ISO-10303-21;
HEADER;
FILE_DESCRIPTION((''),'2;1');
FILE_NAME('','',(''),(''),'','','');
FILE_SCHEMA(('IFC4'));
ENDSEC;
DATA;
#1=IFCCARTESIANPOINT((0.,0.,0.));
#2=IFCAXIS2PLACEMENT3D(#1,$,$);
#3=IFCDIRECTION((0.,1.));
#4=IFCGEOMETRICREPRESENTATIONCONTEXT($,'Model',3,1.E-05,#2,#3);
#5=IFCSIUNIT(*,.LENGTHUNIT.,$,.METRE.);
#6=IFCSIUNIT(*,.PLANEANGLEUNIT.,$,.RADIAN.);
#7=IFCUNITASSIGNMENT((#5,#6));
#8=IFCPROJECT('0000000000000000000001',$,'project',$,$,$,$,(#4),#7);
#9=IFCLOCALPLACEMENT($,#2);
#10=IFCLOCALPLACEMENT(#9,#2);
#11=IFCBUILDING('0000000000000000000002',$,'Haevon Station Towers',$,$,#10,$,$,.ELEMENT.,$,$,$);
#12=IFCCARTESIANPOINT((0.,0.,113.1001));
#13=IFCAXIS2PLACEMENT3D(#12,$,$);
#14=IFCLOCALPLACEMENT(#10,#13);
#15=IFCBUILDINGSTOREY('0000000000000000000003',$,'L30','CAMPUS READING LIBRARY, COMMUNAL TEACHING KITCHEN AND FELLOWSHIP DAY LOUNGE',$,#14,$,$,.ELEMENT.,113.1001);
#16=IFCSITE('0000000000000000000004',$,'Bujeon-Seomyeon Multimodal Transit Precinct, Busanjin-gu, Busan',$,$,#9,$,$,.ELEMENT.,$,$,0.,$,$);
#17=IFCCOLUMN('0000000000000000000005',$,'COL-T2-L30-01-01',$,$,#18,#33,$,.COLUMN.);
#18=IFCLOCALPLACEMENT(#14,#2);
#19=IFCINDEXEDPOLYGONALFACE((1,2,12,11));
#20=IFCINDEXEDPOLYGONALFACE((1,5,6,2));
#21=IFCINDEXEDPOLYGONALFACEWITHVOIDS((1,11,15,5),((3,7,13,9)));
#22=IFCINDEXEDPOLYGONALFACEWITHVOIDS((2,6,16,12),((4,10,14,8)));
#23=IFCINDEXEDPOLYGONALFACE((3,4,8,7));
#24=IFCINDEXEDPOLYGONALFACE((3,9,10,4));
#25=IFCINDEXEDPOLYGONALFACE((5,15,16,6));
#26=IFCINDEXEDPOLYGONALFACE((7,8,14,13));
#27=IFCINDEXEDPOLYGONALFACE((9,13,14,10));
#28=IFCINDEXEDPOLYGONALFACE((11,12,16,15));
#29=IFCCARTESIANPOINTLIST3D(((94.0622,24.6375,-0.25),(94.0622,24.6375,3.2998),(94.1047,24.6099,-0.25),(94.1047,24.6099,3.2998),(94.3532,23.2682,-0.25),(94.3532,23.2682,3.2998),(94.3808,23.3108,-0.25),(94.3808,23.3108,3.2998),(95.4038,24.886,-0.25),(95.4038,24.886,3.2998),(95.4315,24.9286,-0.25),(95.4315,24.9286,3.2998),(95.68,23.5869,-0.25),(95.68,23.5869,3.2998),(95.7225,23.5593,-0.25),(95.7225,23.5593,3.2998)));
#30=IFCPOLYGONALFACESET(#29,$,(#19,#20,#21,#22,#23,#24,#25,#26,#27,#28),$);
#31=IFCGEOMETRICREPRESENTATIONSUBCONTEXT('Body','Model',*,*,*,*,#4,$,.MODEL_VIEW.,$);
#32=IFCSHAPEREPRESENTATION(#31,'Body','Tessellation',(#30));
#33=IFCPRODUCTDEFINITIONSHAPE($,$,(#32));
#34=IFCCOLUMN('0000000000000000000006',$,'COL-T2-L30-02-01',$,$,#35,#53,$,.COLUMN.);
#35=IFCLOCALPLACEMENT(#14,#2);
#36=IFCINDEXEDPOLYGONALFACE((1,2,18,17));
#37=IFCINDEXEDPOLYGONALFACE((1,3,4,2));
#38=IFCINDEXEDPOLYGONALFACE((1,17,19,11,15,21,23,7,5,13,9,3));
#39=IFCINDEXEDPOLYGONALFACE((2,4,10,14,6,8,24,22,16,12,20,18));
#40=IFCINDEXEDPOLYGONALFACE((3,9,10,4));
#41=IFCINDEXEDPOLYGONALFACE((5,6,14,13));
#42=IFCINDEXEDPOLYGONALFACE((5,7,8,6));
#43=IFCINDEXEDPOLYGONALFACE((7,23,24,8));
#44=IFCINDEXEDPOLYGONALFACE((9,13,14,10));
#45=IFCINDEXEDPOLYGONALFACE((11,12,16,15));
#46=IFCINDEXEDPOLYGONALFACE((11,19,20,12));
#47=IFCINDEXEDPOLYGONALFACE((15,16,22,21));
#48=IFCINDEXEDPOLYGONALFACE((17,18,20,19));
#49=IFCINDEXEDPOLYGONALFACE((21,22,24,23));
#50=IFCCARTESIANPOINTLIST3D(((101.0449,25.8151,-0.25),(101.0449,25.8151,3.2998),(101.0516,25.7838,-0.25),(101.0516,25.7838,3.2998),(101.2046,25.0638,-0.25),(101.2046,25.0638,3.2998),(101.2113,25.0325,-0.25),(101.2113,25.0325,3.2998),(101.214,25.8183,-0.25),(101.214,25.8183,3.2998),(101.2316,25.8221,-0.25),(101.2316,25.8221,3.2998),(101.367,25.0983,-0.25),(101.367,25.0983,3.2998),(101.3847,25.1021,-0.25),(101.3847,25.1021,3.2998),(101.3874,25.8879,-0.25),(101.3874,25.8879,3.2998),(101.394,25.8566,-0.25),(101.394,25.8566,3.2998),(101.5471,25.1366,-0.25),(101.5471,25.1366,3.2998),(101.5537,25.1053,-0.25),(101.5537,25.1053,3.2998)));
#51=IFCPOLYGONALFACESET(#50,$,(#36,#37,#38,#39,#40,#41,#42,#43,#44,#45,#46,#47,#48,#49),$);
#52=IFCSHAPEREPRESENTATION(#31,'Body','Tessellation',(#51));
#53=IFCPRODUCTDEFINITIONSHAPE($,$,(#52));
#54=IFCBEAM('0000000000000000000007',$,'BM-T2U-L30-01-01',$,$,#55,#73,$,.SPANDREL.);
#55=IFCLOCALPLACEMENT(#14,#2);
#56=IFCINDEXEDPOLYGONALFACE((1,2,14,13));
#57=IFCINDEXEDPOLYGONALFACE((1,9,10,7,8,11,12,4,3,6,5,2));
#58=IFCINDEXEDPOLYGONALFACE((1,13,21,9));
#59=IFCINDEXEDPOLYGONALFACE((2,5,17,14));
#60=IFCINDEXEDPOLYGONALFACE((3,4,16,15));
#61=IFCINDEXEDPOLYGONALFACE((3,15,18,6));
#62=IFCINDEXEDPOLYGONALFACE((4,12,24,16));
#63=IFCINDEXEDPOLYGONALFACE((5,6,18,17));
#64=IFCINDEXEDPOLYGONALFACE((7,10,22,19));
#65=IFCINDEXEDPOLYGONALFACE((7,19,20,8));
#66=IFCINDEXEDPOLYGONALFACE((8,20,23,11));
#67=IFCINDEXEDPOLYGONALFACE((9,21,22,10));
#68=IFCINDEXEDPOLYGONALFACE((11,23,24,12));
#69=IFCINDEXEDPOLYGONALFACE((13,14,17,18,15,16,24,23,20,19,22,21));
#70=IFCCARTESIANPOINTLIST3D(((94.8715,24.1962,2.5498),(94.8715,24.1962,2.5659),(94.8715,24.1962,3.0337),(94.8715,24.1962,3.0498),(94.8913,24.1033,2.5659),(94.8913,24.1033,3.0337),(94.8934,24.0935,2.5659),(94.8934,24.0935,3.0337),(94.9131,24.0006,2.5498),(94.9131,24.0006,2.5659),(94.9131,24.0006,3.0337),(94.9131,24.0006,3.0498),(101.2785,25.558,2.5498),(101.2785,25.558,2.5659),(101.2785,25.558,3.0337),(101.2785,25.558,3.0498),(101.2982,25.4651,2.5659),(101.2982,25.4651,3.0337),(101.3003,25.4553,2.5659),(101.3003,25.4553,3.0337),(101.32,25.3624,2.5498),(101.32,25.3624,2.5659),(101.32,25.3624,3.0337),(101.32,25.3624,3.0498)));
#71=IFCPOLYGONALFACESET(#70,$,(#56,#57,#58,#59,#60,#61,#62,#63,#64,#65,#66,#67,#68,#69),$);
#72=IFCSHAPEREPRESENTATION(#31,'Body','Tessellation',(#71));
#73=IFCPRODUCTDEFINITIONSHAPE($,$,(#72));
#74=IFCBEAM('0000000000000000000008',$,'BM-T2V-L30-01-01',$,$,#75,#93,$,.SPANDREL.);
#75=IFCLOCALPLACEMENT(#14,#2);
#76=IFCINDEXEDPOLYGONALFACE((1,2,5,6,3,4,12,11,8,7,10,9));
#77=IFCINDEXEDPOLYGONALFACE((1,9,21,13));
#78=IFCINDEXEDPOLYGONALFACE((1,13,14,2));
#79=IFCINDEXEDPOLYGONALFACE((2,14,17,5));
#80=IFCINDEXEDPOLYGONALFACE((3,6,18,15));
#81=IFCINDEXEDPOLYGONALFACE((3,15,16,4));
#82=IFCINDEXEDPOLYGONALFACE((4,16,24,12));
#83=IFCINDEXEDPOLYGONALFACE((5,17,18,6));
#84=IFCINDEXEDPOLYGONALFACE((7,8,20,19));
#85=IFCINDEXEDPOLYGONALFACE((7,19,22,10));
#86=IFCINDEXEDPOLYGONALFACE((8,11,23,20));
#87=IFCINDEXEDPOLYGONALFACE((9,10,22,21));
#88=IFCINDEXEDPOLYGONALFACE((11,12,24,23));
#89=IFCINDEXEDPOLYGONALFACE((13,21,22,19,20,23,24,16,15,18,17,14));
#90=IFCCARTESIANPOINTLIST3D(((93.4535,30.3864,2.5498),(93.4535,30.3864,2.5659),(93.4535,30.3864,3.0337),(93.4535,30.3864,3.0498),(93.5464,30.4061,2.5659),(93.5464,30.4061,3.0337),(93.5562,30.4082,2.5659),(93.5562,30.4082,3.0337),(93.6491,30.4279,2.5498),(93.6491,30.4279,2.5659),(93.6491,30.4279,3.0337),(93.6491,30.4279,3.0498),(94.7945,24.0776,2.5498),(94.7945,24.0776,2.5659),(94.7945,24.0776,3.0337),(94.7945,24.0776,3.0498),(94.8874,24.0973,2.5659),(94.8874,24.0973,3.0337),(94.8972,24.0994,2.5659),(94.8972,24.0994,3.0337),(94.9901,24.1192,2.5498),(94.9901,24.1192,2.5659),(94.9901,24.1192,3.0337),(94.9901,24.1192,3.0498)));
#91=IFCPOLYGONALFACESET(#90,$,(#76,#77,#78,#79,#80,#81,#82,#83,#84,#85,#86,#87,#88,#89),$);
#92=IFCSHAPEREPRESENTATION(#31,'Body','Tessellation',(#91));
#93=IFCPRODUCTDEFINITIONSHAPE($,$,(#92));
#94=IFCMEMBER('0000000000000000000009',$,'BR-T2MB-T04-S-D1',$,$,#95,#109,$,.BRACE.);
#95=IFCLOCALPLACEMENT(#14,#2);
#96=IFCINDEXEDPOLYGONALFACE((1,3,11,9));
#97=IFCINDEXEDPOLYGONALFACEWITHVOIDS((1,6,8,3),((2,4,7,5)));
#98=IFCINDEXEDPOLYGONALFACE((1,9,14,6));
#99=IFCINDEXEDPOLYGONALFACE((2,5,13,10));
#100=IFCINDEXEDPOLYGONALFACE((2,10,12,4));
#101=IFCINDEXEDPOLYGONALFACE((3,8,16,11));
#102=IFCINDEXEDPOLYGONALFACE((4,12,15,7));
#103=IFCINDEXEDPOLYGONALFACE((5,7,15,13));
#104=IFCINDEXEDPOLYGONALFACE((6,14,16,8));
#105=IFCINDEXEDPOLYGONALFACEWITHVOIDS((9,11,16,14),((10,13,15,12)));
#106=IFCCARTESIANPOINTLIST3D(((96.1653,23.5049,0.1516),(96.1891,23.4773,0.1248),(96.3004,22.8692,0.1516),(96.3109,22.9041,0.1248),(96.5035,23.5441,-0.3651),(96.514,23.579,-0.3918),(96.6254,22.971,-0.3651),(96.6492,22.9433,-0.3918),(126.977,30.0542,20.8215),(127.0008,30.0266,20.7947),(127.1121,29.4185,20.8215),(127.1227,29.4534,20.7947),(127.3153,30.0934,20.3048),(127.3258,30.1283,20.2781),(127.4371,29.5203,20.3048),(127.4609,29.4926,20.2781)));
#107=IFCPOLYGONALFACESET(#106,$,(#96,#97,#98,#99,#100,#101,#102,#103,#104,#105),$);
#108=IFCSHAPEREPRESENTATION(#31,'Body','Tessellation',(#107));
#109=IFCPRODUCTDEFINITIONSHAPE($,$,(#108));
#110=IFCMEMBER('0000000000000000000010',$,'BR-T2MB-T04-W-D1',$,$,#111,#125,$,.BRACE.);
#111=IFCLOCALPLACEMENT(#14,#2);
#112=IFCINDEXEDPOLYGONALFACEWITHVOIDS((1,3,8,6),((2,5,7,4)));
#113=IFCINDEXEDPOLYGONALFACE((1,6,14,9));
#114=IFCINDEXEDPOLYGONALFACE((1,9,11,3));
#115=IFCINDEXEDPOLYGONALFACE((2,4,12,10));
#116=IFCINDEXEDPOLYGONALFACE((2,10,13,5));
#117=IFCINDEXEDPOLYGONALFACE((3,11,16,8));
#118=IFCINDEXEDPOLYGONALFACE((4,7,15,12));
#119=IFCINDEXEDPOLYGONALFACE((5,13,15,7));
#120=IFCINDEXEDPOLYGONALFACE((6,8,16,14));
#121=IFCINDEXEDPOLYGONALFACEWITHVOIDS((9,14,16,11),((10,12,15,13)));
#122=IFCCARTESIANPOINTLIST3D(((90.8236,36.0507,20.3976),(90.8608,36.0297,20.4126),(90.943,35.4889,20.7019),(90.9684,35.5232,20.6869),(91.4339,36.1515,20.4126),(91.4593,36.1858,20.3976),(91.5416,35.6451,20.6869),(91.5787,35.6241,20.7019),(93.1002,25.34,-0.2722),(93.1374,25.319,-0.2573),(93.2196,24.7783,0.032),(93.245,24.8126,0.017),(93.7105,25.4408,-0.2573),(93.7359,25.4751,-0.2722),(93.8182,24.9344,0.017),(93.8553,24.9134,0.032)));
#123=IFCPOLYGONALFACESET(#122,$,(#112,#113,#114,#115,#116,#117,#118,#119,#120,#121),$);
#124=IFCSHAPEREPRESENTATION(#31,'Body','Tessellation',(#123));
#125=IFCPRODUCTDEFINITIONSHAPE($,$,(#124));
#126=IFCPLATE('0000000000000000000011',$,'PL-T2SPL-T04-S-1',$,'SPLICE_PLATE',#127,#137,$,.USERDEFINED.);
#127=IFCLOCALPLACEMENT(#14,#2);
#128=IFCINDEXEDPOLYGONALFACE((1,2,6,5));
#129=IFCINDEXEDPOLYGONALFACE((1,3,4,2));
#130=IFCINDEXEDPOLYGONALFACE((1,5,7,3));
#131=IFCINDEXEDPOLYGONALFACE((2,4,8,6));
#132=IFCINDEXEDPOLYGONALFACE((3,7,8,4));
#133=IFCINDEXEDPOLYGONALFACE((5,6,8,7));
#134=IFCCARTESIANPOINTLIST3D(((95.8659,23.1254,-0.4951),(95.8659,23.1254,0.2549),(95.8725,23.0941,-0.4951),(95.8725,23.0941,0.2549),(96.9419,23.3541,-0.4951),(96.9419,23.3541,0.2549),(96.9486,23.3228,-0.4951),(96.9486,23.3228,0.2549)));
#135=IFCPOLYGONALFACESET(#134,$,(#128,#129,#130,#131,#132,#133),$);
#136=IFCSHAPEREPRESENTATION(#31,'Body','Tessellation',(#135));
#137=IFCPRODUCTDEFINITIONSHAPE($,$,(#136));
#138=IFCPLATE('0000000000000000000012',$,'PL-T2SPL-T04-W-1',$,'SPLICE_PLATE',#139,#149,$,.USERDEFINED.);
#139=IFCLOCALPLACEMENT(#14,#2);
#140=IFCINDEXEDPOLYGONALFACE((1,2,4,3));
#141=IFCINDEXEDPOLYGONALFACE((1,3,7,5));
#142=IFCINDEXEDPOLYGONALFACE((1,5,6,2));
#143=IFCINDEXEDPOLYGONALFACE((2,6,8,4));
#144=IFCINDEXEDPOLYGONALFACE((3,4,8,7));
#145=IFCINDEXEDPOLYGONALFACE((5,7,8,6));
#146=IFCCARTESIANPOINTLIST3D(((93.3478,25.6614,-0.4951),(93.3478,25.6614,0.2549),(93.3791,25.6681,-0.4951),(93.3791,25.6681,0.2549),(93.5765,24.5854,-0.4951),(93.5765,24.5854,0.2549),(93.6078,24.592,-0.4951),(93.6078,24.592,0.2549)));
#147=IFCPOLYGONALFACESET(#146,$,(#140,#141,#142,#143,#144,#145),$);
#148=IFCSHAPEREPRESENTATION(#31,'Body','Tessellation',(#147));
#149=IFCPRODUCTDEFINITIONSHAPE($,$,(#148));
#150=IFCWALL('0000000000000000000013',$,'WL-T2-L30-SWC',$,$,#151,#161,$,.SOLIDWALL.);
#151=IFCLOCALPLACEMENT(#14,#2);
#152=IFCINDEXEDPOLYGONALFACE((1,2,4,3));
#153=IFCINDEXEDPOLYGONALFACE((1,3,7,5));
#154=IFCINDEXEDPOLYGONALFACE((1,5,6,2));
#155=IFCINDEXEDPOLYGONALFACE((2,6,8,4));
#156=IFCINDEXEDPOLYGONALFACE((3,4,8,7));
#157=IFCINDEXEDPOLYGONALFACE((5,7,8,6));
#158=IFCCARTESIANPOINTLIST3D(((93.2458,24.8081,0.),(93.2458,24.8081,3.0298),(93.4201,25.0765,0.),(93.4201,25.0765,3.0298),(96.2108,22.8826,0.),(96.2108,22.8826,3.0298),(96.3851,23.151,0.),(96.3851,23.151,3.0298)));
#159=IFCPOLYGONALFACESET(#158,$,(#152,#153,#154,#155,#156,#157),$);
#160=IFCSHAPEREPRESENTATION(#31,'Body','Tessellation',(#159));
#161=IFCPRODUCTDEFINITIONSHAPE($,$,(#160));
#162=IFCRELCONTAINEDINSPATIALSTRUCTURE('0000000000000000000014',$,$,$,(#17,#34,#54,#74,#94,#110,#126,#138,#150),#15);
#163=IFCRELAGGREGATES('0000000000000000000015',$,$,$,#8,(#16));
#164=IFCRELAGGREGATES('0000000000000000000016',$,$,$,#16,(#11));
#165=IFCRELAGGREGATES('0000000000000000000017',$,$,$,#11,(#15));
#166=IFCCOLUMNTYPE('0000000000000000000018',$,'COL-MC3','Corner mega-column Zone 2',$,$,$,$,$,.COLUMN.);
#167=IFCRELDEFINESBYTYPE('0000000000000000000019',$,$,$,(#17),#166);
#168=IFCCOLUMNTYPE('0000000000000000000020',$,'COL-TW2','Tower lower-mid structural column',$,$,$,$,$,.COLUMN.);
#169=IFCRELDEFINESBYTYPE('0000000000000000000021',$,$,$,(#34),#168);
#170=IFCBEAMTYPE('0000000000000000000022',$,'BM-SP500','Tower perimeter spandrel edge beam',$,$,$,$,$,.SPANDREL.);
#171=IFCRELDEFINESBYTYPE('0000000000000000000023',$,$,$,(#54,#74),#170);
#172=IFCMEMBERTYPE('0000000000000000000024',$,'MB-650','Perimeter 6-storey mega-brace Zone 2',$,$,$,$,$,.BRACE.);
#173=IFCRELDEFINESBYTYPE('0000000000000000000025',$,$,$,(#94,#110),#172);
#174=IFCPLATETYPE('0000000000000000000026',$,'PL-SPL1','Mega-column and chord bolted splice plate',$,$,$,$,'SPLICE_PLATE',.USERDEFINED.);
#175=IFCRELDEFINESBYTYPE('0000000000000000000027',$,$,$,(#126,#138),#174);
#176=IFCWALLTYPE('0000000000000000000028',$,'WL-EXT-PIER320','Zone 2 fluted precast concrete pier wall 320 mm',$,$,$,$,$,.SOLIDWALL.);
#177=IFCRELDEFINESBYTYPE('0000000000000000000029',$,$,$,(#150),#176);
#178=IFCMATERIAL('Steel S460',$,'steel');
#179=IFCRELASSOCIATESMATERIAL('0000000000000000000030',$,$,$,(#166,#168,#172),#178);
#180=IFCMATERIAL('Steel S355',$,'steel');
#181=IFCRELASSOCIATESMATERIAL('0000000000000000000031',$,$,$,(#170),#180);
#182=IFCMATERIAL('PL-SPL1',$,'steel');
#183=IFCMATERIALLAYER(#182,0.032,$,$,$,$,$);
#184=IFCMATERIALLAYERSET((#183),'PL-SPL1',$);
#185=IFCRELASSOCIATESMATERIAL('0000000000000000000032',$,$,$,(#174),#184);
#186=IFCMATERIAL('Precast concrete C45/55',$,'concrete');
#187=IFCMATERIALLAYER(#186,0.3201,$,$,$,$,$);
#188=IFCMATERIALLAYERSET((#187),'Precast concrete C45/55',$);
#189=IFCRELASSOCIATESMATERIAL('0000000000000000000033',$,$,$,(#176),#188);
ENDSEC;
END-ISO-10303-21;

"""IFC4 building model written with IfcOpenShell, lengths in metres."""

from ifc_helpers import new_model, si_unit, direction, frame, frame_2d, origin, origin_2d, place, context, subcontext, project, spatial, rectangle, hollow_rectangle, i_section, extrude, material, layer, layer_set, material_profile, profile_set, type_object, element, save


model = new_model("IFC4")

# Units and contexts
model_context = context("Model", 3, precision=1e-05, world=origin(), true_north=direction((0.0, 1.0)))
body_context = subcontext(model_context, "Body", "Model", "MODEL_VIEW")
ifc_project = project(units=[si_unit("LENGTHUNIT", "METRE"), si_unit("PLANEANGLEUNIT", "RADIAN")], contexts=[model_context])

# Site, building, storey
site_placement = place(None, origin())
site = spatial("IfcSite", under=ifc_project, at=site_placement, Name="Bujeon-Seomyeon Multimodal Transit Precinct, Busanjin-gu, Busan", CompositionType="ELEMENT", RefElevation=0.0)
building_placement = place(site_placement, origin())
building = spatial("IfcBuilding", under=site, at=building_placement, Name="Haevon Station Towers", CompositionType="ELEMENT")
storey_placement = place(building_placement, frame((0.0, 0.0, 113.1001)))
storey = spatial("IfcBuildingStorey", under=building, at=storey_placement, Name="L30", Description="CAMPUS READING LIBRARY, COMMUNAL TEACHING KITCHEN AND FELLOWSHIP DAY LOUNGE", CompositionType="ELEMENT", Elevation=113.1001)

# Columns
ifc_material_1 = material(Name="Steel S460", Category="steel")
ifc_material_profile_1 = material_profile(ifc_material_1, hollow_rectangle(XDim=1.3999, YDim=1.3999, WallThickness=0.0359, at=origin_2d()), Name="BOX-1400x1400x36")
ifc_profile_set_1 = profile_set([ifc_material_profile_1], Name="Steel S460")
column_type_1 = type_object("IfcColumnType", Name="COL-MC3", Description="Corner mega-column Zone 2", PredefinedType="COLUMN", material=ifc_profile_set_1)
column_1_placement = place(storey_placement, frame((94.8923, 24.0984, -0.25), z_axis=(0.0, 0.0, 1.0), x_axis=(0.978148, 0.207912, 0.0)))
element("IfcColumn", 1, at=column_1_placement, inside=storey, type_object=column_type_1, Name="COL-T2-L30-01-01", PredefinedType="COLUMN", context=body_context, shape_type="SweptSolid", body=[
    extrude(hollow_rectangle(XDim=1.3999, YDim=1.3999, WallThickness=0.0359, at=origin_2d()), origin(), (0.0, 0.0, 1.0), 3.5498),
])
ifc_material_profile_2 = material_profile(ifc_material_1, i_section(OverallWidth=0.3501, OverallDepth=0.8, WebThickness=0.0181, FlangeThickness=0.032, at=origin_2d()), Name="H-800x350x18x32")
ifc_profile_set_2 = profile_set([ifc_material_profile_2], Name="Steel S460")
column_type_2 = type_object("IfcColumnType", Name="COL-TW2", Description="Tower lower-mid structural column", PredefinedType="COLUMN", material=ifc_profile_set_2)
column_2_placement = place(storey_placement, frame((101.2993, 25.4602, -0.25), z_axis=(0.0, 0.0, 1.0), x_axis=(0.978148, 0.207912, 0.0)))
element("IfcColumn", 2, at=column_2_placement, inside=storey, type_object=column_type_2, Name="COL-T2-L30-02-01", PredefinedType="COLUMN", context=body_context, shape_type="SweptSolid", body=[
    extrude(i_section(OverallWidth=0.3501, OverallDepth=0.8, WebThickness=0.0181, FlangeThickness=0.032, at=origin_2d()), origin(), (0.0, 0.0, 1.0), 3.5498),
])

# Beams
ifc_material_2 = material(Name="Steel S355", Category="steel")
ifc_material_profile_3 = material_profile(ifc_material_2, i_section(OverallWidth=0.2, OverallDepth=0.5, WebThickness=0.01, FlangeThickness=0.0161, at=origin_2d()), Name="H-500x200x10x16")
ifc_profile_set_3 = profile_set([ifc_material_profile_3], Name="Steel S355")
beam_type = type_object("IfcBeamType", Name="BM-SP500", Description="Tower perimeter spandrel edge beam", PredefinedType="SPANDREL", material=ifc_profile_set_3)
beam_1_placement = place(storey_placement, frame((94.8923, 24.0984, 2.7998), z_axis=(0.978149, 0.207907, 0.0), x_axis=(-0.207907, 0.978149, 0.0)))
element("IfcBeam", 3, at=beam_1_placement, inside=storey, type_object=beam_type, Name="BM-T2U-L30-01-01", PredefinedType="SPANDREL", context=body_context, shape_type="SweptSolid", body=[
    extrude(i_section(OverallWidth=0.2, OverallDepth=0.5, WebThickness=0.01, FlangeThickness=0.0161, at=origin_2d()), origin(), (0.0, 0.0, 1.0), 6.55),
])
beam_2_placement = place(storey_placement, frame((94.8923, 24.0984, 2.7998), z_axis=(-0.207923, 0.978145, 0.0), x_axis=(-0.978145, -0.207923, 0.0)))
element("IfcBeam", 4, at=beam_2_placement, inside=storey, type_object=beam_type, Name="BM-T2V-L30-01-01", PredefinedType="SPANDREL", context=body_context, shape_type="SweptSolid", body=[
    extrude(i_section(OverallWidth=0.2, OverallDepth=0.5, WebThickness=0.01, FlangeThickness=0.0161, at=origin_2d()), origin(), (0.0, 0.0, 1.0), 6.4497),
])

# Members
ifc_material_profile_4 = material_profile(ifc_material_1, hollow_rectangle(XDim=0.6499, YDim=0.6499, WallThickness=0.032, at=origin_2d()), Name="RHS-650x650x32")
ifc_profile_set_4 = profile_set([ifc_material_profile_4], Name="Steel S460")
member_type = type_object("IfcMemberType", Name="MB-650", Description="Perimeter 6-storey mega-brace Zone 2", PredefinedType="BRACE", material=ifc_profile_set_4)
member_1_placement = place(storey_placement, frame((96.4072, 23.2241, -0.1201), z_axis=(0.817802, 0.173831, 0.548619), x_axis=(-0.207914, 0.978147, 0.0)))
element("IfcMember", 5, at=member_1_placement, inside=storey, type_object=member_type, Name="BR-T2MB-T04-S-D1", PredefinedType="BRACE", context=body_context, shape_type="SweptSolid", body=[
    extrude(hollow_rectangle(XDim=0.6499, YDim=0.6499, WallThickness=0.032, at=origin_2d()), origin(), (0.0, 0.0, 1.0), 37.6763),
])
member_2_placement = place(storey_placement, frame((93.4778, 25.1267, -0.1201), z_axis=(-0.097328, 0.457894, 0.883663), x_axis=(-0.978148, -0.20791, 0.0)))
element("IfcMember", 6, at=member_2_placement, inside=storey, type_object=member_type, Name="BR-T2MB-T04-W-D1", PredefinedType="BRACE", context=body_context, shape_type="SweptSolid", body=[
    extrude(hollow_rectangle(XDim=0.6499, YDim=0.6499, WallThickness=0.032, at=origin_2d()), origin(), (0.0, 0.0, 1.0), 23.3911),
])

# Plates
ifc_material_3 = material(Name="PL-SPL1", Category="steel")
ifc_layer_1 = layer(ifc_material_3, 0.032)
ifc_layer_set_1 = layer_set([ifc_layer_1], Name="PL-SPL1")
plate_type = type_object("IfcPlateType", Name="PL-SPL1", Description="Mega-column and chord bolted splice plate", ElementType="SPLICE_PLATE", PredefinedType="USERDEFINED", material=ifc_layer_set_1)
for number, where, z_axis, x_axis, name in (
    (7, (96.4072, 23.2241, -0.4951), (0.0, 0.0, 1.0), (0.978148, 0.207912, 0.0), "PL-T2SPL-T04-S-1"),
    (8, (93.4778, 25.1267, -0.4951), (0.0, 0.0, 1.0), (-0.207912, 0.978148, 0.0), "PL-T2SPL-T04-W-1"),
):
    element("IfcPlate", number, at=place(storey_placement, frame(where, z_axis=z_axis, x_axis=x_axis)), inside=storey, type_object=plate_type, Name=name, ObjectType="SPLICE_PLATE", PredefinedType="USERDEFINED", context=body_context, shape_type="SweptSolid", body=[
        extrude(rectangle(XDim=1.1001, YDim=0.032, at=origin_2d()), origin(), (0.0, 0.0, 1.0), 0.75),
    ])

# Wall
ifc_material_4 = material(Name="Precast concrete C45/55", Category="concrete")
ifc_layer_2 = layer(ifc_material_4, 0.3201)
ifc_layer_set_2 = layer_set([ifc_layer_2], Name="Precast concrete C45/55")
wall_type_1 = type_object("IfcWallType", Name="WL-EXT-PIER320", Description="Zone 2 fluted precast concrete pier wall 320 mm", PredefinedType="SOLIDWALL", material=ifc_layer_set_2)
wall_1_placement = place(storey_placement, frame((96.2979, 23.0168, 0.0), z_axis=(0.0, 0.0, 1.0), x_axis=(-0.838672, 0.544636, 0.0)))
element("IfcWall", 9, at=wall_1_placement, inside=storey, type_object=wall_type_1, Name="WL-T2-L30-SWC", PredefinedType="SOLIDWALL", context=body_context, shape_type="SweptSolid", body=[
    extrude(rectangle(XDim=3.5354, YDim=0.3201, at=frame_2d((1.7676, 0.0))), origin(), (0.0, 0.0, 1.0), 3.0298),
])

save(model, "model.ifc")
